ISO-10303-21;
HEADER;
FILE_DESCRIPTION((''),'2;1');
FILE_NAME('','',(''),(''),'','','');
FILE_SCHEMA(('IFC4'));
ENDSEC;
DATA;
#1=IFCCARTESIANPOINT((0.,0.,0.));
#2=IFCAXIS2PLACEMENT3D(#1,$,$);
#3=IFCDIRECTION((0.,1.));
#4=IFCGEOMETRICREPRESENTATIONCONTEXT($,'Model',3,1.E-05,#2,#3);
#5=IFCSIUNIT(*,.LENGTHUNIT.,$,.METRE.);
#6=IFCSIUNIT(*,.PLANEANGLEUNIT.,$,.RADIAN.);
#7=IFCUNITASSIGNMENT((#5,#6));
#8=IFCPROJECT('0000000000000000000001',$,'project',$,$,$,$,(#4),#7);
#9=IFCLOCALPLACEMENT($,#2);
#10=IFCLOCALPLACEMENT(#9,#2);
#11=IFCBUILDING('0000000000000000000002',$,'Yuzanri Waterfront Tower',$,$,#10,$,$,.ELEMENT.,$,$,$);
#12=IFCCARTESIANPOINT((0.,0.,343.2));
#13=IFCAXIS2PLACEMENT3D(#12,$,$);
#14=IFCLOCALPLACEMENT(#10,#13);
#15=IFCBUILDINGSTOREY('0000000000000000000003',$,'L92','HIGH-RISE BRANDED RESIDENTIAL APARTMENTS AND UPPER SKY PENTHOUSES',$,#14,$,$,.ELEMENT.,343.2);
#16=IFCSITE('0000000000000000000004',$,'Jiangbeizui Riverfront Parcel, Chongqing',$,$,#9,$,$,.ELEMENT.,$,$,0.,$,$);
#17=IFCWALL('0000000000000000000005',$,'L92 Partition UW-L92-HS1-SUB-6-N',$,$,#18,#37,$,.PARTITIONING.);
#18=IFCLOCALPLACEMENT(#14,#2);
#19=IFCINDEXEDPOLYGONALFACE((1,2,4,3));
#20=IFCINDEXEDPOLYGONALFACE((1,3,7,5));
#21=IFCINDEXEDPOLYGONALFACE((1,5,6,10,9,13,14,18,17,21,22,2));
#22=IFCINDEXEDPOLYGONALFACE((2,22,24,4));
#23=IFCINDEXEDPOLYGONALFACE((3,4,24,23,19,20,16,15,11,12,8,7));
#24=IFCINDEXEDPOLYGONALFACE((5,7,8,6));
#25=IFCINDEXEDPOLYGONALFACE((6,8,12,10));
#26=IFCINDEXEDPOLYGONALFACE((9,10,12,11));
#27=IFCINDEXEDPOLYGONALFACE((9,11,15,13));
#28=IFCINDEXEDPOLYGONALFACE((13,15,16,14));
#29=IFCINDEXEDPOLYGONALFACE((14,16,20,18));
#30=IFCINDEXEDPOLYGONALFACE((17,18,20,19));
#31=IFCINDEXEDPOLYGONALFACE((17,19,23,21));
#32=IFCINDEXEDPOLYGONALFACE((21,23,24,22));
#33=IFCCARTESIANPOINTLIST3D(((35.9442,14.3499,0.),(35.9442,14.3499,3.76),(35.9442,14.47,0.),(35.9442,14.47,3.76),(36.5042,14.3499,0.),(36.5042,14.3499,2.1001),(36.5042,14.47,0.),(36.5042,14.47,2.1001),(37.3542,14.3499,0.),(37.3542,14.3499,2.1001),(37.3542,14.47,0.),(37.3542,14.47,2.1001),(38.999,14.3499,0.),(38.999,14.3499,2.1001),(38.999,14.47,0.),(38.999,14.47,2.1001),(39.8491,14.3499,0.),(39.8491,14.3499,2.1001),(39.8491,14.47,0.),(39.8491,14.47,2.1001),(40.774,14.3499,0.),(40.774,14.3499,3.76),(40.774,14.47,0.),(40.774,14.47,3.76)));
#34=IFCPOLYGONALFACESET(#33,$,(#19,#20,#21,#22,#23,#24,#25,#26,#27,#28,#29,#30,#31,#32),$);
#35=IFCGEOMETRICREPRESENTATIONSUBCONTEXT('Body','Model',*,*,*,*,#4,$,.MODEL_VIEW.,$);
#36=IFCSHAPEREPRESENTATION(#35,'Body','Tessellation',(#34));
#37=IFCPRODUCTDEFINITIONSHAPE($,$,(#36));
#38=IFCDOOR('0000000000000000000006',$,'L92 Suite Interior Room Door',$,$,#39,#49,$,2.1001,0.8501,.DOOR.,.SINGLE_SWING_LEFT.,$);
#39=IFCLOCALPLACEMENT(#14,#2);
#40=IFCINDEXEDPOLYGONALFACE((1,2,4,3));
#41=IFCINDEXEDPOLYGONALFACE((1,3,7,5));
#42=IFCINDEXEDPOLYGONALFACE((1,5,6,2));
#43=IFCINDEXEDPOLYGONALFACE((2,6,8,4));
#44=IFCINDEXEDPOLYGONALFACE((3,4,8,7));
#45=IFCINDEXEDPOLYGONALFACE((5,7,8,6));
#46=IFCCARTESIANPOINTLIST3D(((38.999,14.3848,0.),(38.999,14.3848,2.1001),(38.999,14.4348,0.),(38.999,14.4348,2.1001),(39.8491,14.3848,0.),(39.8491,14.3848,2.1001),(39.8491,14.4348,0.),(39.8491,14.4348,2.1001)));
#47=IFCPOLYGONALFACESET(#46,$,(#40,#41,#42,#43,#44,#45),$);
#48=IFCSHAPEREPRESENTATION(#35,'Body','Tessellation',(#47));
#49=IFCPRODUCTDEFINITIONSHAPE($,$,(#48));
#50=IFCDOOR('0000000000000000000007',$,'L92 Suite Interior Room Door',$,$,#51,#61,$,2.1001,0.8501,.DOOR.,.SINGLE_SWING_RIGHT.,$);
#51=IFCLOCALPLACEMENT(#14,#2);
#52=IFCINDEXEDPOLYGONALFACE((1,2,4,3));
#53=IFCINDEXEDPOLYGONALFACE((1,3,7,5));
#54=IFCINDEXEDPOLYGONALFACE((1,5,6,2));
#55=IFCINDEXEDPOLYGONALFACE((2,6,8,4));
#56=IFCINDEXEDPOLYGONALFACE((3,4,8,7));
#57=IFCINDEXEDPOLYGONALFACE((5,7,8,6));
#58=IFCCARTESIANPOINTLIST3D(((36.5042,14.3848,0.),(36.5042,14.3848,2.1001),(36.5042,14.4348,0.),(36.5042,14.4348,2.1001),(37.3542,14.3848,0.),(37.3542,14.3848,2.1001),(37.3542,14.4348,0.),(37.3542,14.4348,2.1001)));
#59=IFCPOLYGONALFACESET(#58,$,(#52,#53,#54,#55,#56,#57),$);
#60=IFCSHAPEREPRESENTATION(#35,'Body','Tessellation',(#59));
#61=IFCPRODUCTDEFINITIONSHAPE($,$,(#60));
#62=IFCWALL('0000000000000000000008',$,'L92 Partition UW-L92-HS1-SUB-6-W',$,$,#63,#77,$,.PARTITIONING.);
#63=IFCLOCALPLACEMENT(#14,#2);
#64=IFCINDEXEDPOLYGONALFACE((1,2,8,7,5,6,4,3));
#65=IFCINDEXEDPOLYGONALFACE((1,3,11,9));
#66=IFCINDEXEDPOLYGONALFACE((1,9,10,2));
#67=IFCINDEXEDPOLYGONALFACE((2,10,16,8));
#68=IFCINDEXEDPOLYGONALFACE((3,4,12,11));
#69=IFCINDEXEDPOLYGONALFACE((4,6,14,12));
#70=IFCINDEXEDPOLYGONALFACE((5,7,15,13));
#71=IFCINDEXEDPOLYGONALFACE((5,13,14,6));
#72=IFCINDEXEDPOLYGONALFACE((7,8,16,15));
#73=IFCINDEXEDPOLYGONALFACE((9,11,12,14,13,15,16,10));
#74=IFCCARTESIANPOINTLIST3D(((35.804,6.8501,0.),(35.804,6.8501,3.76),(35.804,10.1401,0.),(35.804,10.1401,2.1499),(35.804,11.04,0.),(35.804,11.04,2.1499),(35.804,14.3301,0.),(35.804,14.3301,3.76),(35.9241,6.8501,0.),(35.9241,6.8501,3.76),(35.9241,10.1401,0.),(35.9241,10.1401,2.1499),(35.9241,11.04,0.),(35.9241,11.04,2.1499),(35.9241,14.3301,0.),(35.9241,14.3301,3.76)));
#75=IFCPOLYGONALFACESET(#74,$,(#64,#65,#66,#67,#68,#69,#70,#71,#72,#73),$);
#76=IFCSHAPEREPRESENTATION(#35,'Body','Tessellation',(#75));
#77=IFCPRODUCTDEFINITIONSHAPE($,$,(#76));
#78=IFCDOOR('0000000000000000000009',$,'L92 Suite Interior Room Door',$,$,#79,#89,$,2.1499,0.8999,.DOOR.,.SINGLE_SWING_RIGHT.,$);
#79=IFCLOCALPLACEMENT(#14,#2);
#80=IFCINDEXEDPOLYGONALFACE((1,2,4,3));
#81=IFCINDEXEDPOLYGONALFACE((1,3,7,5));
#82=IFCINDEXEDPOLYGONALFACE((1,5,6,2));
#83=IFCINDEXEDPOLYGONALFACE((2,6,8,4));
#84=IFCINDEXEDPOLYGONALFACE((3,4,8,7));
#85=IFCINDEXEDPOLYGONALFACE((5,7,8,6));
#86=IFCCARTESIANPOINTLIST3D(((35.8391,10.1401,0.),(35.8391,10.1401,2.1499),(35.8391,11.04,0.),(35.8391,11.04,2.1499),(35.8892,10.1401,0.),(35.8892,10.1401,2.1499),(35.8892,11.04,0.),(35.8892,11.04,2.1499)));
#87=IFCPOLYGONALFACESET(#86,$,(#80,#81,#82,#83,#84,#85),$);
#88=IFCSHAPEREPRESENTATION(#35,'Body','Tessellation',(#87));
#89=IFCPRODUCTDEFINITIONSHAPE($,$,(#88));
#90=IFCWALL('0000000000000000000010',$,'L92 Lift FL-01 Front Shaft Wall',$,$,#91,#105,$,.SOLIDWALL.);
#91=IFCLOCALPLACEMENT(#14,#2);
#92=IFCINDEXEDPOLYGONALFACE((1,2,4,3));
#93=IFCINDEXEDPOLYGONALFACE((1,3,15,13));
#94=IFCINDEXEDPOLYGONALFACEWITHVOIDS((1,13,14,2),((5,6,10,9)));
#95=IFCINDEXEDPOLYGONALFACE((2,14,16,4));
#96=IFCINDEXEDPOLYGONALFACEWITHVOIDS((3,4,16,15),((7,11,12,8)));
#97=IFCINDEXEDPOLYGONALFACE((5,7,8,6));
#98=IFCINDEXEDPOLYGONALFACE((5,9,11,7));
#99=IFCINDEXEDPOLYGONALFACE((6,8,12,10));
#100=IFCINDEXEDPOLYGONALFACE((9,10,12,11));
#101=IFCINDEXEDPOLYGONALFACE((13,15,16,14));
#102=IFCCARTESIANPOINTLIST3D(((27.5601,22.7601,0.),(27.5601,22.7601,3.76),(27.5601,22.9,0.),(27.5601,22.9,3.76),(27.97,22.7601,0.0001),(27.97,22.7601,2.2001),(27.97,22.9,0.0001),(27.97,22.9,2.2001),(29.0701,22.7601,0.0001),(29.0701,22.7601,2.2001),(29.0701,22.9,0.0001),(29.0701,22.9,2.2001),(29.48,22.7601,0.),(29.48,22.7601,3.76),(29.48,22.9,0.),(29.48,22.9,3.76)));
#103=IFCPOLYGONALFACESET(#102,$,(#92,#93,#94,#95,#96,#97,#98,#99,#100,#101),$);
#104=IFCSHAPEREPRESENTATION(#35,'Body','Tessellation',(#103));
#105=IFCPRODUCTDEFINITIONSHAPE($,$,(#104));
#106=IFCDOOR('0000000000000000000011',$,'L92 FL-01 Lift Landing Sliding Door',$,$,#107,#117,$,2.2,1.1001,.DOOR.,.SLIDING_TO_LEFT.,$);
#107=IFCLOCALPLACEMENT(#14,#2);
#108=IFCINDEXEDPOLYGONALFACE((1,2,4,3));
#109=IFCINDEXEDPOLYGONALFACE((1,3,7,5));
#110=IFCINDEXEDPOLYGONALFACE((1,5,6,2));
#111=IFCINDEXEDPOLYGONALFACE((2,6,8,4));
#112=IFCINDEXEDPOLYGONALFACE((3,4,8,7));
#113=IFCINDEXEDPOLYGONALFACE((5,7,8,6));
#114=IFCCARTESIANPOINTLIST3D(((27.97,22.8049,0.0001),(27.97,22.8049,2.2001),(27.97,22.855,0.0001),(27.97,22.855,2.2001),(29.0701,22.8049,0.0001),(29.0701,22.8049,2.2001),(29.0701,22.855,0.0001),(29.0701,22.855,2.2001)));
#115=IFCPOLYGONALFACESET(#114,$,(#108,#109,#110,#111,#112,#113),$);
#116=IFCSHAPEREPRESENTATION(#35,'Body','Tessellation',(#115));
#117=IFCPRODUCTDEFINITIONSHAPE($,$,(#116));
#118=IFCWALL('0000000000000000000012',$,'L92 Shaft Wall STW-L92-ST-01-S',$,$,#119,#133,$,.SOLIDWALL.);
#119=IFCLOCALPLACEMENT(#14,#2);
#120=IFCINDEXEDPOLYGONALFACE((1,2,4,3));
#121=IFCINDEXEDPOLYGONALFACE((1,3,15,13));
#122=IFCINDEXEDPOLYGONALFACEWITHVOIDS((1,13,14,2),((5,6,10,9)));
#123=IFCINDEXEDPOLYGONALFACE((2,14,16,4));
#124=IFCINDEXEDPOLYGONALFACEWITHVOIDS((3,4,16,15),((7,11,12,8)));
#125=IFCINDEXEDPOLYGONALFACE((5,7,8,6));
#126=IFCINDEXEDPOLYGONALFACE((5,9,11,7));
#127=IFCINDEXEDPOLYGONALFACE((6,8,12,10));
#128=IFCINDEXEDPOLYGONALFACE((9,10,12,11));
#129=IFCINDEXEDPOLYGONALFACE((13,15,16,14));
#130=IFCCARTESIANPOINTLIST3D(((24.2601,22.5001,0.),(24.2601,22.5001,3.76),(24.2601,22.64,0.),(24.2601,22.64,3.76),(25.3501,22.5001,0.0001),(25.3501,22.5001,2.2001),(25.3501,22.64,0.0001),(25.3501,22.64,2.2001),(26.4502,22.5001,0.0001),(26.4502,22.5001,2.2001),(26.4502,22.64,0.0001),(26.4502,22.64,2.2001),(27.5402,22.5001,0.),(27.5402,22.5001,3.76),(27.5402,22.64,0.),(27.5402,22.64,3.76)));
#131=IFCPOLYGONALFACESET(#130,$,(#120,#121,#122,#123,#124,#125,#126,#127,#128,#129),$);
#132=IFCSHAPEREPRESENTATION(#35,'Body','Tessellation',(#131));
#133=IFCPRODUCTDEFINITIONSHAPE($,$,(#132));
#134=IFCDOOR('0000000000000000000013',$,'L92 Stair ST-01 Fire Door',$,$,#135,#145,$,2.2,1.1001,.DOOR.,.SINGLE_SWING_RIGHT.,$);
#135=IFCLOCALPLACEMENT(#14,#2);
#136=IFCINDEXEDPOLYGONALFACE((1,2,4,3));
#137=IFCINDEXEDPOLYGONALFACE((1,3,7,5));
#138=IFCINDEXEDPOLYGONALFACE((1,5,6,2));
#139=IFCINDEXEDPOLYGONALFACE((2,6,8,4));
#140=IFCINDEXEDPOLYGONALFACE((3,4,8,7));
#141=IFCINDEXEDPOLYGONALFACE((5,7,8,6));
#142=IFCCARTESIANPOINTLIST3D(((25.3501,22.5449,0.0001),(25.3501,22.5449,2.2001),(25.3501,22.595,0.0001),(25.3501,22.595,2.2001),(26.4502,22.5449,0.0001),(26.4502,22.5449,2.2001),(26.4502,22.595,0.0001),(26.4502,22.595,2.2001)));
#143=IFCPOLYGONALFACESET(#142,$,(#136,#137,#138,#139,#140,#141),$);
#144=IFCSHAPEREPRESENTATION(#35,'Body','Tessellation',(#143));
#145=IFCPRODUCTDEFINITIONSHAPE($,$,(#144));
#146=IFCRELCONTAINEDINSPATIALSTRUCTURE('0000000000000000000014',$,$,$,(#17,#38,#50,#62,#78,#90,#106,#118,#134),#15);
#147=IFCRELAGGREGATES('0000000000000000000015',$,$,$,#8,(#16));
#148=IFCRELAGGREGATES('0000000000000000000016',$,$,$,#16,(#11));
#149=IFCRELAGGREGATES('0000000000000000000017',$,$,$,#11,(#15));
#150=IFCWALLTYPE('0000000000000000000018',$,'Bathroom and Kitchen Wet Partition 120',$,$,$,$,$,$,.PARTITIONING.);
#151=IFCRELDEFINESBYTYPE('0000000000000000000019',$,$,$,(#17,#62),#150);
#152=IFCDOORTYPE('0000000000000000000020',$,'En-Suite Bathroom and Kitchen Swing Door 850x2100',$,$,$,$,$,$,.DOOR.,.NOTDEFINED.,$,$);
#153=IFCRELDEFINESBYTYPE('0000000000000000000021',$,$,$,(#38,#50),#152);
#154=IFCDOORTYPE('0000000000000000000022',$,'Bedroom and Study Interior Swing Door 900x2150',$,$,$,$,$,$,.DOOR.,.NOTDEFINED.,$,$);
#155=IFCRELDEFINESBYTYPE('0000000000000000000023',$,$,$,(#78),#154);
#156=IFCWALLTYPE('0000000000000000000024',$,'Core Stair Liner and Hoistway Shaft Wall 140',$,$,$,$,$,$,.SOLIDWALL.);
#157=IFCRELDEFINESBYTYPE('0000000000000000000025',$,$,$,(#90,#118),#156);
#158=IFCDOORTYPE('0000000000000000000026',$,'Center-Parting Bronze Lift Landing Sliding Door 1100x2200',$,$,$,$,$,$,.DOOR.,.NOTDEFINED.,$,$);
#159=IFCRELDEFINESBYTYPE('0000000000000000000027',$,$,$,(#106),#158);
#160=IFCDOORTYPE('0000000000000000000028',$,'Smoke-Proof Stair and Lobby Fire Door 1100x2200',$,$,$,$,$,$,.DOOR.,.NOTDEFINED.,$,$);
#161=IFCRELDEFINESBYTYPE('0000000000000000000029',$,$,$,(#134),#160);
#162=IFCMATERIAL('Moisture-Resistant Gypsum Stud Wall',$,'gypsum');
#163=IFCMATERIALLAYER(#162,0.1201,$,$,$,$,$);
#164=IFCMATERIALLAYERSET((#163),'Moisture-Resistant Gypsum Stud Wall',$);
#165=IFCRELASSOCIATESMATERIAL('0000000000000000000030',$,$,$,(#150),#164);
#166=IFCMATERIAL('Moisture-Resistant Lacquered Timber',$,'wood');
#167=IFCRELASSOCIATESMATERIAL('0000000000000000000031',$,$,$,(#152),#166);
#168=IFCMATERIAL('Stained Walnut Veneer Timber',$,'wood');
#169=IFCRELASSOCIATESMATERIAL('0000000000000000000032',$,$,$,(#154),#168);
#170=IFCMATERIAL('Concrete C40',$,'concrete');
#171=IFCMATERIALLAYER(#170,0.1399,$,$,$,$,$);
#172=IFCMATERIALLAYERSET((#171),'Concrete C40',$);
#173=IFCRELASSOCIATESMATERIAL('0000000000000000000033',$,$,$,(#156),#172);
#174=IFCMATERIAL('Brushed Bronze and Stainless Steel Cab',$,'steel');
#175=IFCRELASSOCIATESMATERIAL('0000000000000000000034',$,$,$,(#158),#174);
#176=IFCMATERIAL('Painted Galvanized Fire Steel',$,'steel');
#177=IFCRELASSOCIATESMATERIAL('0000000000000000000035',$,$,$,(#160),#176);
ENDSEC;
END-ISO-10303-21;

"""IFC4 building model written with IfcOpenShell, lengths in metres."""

from ifc_helpers import new_model, si_unit, direction, frame, frame_2d, origin, place, context, subcontext, project, spatial, rectangle, extrude, source, transform, mapped, material, layer, layer_set, type_object, element, fill, save


model = new_model("IFC4")

# Units and contexts
model_context = context("Model", 3, precision=1e-05, world=origin(), true_north=direction((0.0, 1.0)))
body_context = subcontext(model_context, "Body", "Model", "MODEL_VIEW")
ifc_project = project(units=[si_unit("LENGTHUNIT", "METRE"), si_unit("PLANEANGLEUNIT", "RADIAN")], contexts=[model_context])

# Site, building, storey
site_placement = place(None, origin())
site = spatial("IfcSite", under=ifc_project, at=site_placement, Name="Jiangbeizui Riverfront Parcel, Chongqing", CompositionType="ELEMENT", RefElevation=0.0)
building_placement = place(site_placement, origin())
building = spatial("IfcBuilding", under=site, at=building_placement, Name="Yuzanri Waterfront Tower", CompositionType="ELEMENT")
storey_placement = place(building_placement, frame((0.0, 0.0, 343.2)))
storey = spatial("IfcBuildingStorey", under=building, at=storey_placement, Name="L92", Description="HIGH-RISE BRANDED RESIDENTIAL APARTMENTS AND UPPER SKY PENTHOUSES", CompositionType="ELEMENT", Elevation=343.2)

# Shared definitions
ifc_material_1 = material(Name="Moisture-Resistant Gypsum Stud Wall", Category="gypsum")
ifc_layer_1 = layer(ifc_material_1, 0.1201)
ifc_layer_set_1 = layer_set([ifc_layer_1], Name="Moisture-Resistant Gypsum Stud Wall")
wall_type_1 = type_object("IfcWallType", Name="Bathroom and Kitchen Wet Partition 120", PredefinedType="PARTITIONING", material=ifc_layer_set_1)
ifc_material_2 = material(Name="Moisture-Resistant Lacquered Timber", Category="wood")
door_type_1 = type_object("IfcDoorType", Name="En-Suite Bathroom and Kitchen Swing Door 850x2100", OperationType="NOTDEFINED", PredefinedType="DOOR", material=ifc_material_2)
shared_shape_1 = source(origin(), body_context, "Body", "SweptSolid", [
    extrude(rectangle(XDim=0.8501, YDim=2.1001, at=frame_2d((0.425, 1.05))), frame((0.0, 0.0249, 0.0), z_axis=(0.0, -1.0, 0.0), x_axis=(1.0, 0.0, 0.0)), (0.0, 0.0, 1.0), 0.05),
])

# Wall, openings, doors
wall_1_placement = place(storey_placement, frame((35.9441, 14.4099, 0.0), z_axis=(0.0, 0.0, 1.0), x_axis=(1.0, 0.0, 0.0)))
wall_1 = element("IfcWall", 1, at=wall_1_placement, inside=storey, type_object=wall_type_1, Name="L92 Partition UW-L92-HS1-SUB-6-N", PredefinedType="PARTITIONING", context=body_context, shape_type="SweptSolid", body=[
    extrude(rectangle(XDim=4.8298, YDim=0.1201, at=frame_2d((2.415, 0.0))), origin(), (0.0, 0.0, 1.0), 3.76),
])
opening_1_placement = place(wall_1_placement, frame((3.0549, 0.0, 0.0)))
opening_1 = element("IfcOpeningElement", 2, at=opening_1_placement, cuts=wall_1, PredefinedType="OPENING", context=body_context, shape_type="SweptSolid", body=[
    extrude(rectangle(XDim=0.8501, YDim=2.1001, at=frame_2d((0.425, 1.05))), frame((0.0, 0.075, 0.0), z_axis=(0.0, -1.0, 0.0), x_axis=(1.0, 0.0, 0.0)), (0.0, 0.0, 1.0), 0.1499),
])
opening_2_placement = place(wall_1_placement, frame((0.5601, 0.0, 0.0)))
opening_2 = element("IfcOpeningElement", 3, at=opening_2_placement, cuts=wall_1, PredefinedType="OPENING", context=body_context, shape_type="SweptSolid", body=[
    extrude(rectangle(XDim=0.8501, YDim=2.1001, at=frame_2d((0.425, 1.05))), frame((0.0, 0.075, 0.0), z_axis=(0.0, -1.0, 0.0), x_axis=(1.0, 0.0, 0.0)), (0.0, 0.0, 1.0), 0.1499),
])
door_1_placement = place(opening_1_placement, origin())
door_1 = element("IfcDoor", 4, at=door_1_placement, inside=storey, type_object=door_type_1, Name="L92 Suite Interior Room Door", OperationType="SINGLE_SWING_LEFT", OverallHeight=2.1001, OverallWidth=0.8501, PredefinedType="DOOR", context=body_context, shape_type="MappedRepresentation", body=[
    mapped(shared_shape_1, transform((0.0, 0.0, 0.0), scale=1.0)),
])
fill(opening_1, door_1)
door_2_placement = place(opening_2_placement, origin())
door_2 = element("IfcDoor", 5, at=door_2_placement, inside=storey, type_object=door_type_1, Name="L92 Suite Interior Room Door", OperationType="SINGLE_SWING_RIGHT", OverallHeight=2.1001, OverallWidth=0.8501, PredefinedType="DOOR", context=body_context, shape_type="MappedRepresentation", body=[
    mapped(shared_shape_1, transform((0.0, 0.0, 0.0), scale=1.0)),
])
fill(opening_2, door_2)

# Walls, openings, doors
wall_2_placement = place(storey_placement, frame((35.864, 6.8501, 0.0), z_axis=(0.0, 0.0, 1.0), x_axis=(0.0, 1.0, 0.0)))
wall_2 = element("IfcWall", 6, at=wall_2_placement, inside=storey, type_object=wall_type_1, Name="L92 Partition UW-L92-HS1-SUB-6-W", PredefinedType="PARTITIONING", context=body_context, shape_type="SweptSolid", body=[
    extrude(rectangle(XDim=7.48, YDim=0.1201, at=frame_2d((3.74, 0.0))), origin(), (0.0, 0.0, 1.0), 3.76),
])
opening_3_placement = place(wall_2_placement, frame((3.29, 0.0, 0.0)))
opening_3 = element("IfcOpeningElement", 7, at=opening_3_placement, cuts=wall_2, PredefinedType="OPENING", context=body_context, shape_type="SweptSolid", body=[
    extrude(rectangle(XDim=0.8999, YDim=2.1499, at=frame_2d((0.45, 1.075))), frame((0.0, 0.075, 0.0), z_axis=(0.0, -1.0, 0.0), x_axis=(1.0, 0.0, 0.0)), (0.0, 0.0, 1.0), 0.1499),
])
ifc_material_3 = material(Name="Stained Walnut Veneer Timber", Category="wood")
door_type_2 = type_object("IfcDoorType", Name="Bedroom and Study Interior Swing Door 900x2150", OperationType="NOTDEFINED", PredefinedType="DOOR", material=ifc_material_3)
shared_shape_2 = source(origin(), body_context, "Body", "SweptSolid", [
    extrude(rectangle(XDim=0.8999, YDim=2.1499, at=frame_2d((0.45, 1.075))), frame((0.0, 0.0249, 0.0), z_axis=(0.0, -1.0, 0.0), x_axis=(1.0, 0.0, 0.0)), (0.0, 0.0, 1.0), 0.05),
])
door_3_placement = place(opening_3_placement, origin())
door_3 = element("IfcDoor", 8, at=door_3_placement, inside=storey, type_object=door_type_2, Name="L92 Suite Interior Room Door", OperationType="SINGLE_SWING_RIGHT", OverallHeight=2.1499, OverallWidth=0.8999, PredefinedType="DOOR", context=body_context, shape_type="MappedRepresentation", body=[
    mapped(shared_shape_2, transform((0.0, 0.0, 0.0), scale=1.0)),
])
fill(opening_3, door_3)
ifc_material_4 = material(Name="Concrete C40", Category="concrete")
ifc_layer_2 = layer(ifc_material_4, 0.1399)
ifc_layer_set_2 = layer_set([ifc_layer_2], Name="Concrete C40")
wall_type_2 = type_object("IfcWallType", Name="Core Stair Liner and Hoistway Shaft Wall 140", PredefinedType="SOLIDWALL", material=ifc_layer_set_2)
wall_3_placement = place(storey_placement, frame((27.5601, 22.8301, 0.0), z_axis=(0.0, 0.0, 1.0), x_axis=(1.0, 0.0, 0.0)))
wall_3 = element("IfcWall", 9, at=wall_3_placement, inside=storey, type_object=wall_type_2, Name="L92 Lift FL-01 Front Shaft Wall", PredefinedType="SOLIDWALL", context=body_context, shape_type="SweptSolid", body=[
    extrude(rectangle(XDim=1.9199, YDim=0.1399, at=frame_2d((0.96, 0.0))), origin(), (0.0, 0.0, 1.0), 3.76),
])
opening_4_placement = place(wall_3_placement, frame((0.4099, 0.0, 0.0)))
opening_4 = element("IfcOpeningElement", 10, at=opening_4_placement, cuts=wall_3, PredefinedType="OPENING", context=body_context, shape_type="SweptSolid", body=[
    extrude(rectangle(XDim=1.1001, YDim=2.2, at=frame_2d((0.55, 1.1001))), frame((0.0, 0.085, 0.0), z_axis=(0.0, -1.0, 0.0), x_axis=(1.0, 0.0, 0.0)), (0.0, 0.0, 1.0), 0.1697),
])
ifc_material_5 = material(Name="Brushed Bronze and Stainless Steel Cab", Category="steel")
door_type_3 = type_object("IfcDoorType", Name="Center-Parting Bronze Lift Landing Sliding Door 1100x2200", OperationType="NOTDEFINED", PredefinedType="DOOR", material=ifc_material_5)
shared_shape_3 = source(origin(), body_context, "Body", "SweptSolid", [
    extrude(rectangle(XDim=1.1001, YDim=2.2, at=frame_2d((0.55, 1.1001))), frame((0.0, 0.0249, 0.0), z_axis=(0.0, -1.0, 0.0), x_axis=(1.0, 0.0, 0.0)), (0.0, 0.0, 1.0), 0.05),
])
door_4_placement = place(opening_4_placement, origin())
door_4 = element("IfcDoor", 11, at=door_4_placement, inside=storey, type_object=door_type_3, Name="L92 FL-01 Lift Landing Sliding Door", OperationType="SLIDING_TO_LEFT", OverallHeight=2.2, OverallWidth=1.1001, PredefinedType="DOOR", context=body_context, shape_type="MappedRepresentation", body=[
    mapped(shared_shape_3, transform((0.0, 0.0, 0.0), scale=1.0)),
])
fill(opening_4, door_4)
wall_4_placement = place(storey_placement, frame((24.26, 22.5701, 0.0), z_axis=(0.0, 0.0, 1.0), x_axis=(1.0, 0.0, 0.0)))
wall_4 = element("IfcWall", 12, at=wall_4_placement, inside=storey, type_object=wall_type_2, Name="L92 Shaft Wall STW-L92-ST-01-S", PredefinedType="SOLIDWALL", context=body_context, shape_type="SweptSolid", body=[
    extrude(rectangle(XDim=3.28, YDim=0.1399, at=frame_2d((1.6401, 0.0))), origin(), (0.0, 0.0, 1.0), 3.76),
])
opening_5_placement = place(wall_4_placement, frame((1.0901, 0.0, 0.0)))
opening_5 = element("IfcOpeningElement", 13, at=opening_5_placement, cuts=wall_4, PredefinedType="OPENING", context=body_context, shape_type="SweptSolid", body=[
    extrude(rectangle(XDim=1.1001, YDim=2.2, at=frame_2d((0.55, 1.1001))), frame((0.0, 0.085, 0.0), z_axis=(0.0, -1.0, 0.0), x_axis=(1.0, 0.0, 0.0)), (0.0, 0.0, 1.0), 0.1697),
])
ifc_material_6 = material(Name="Painted Galvanized Fire Steel", Category="steel")
door_type_4 = type_object("IfcDoorType", Name="Smoke-Proof Stair and Lobby Fire Door 1100x2200", OperationType="NOTDEFINED", PredefinedType="DOOR", material=ifc_material_6)
shared_shape_4 = source(origin(), body_context, "Body", "SweptSolid", [
    extrude(rectangle(XDim=1.1001, YDim=2.2, at=frame_2d((0.55, 1.1001))), frame((0.0, 0.0249, 0.0), z_axis=(0.0, -1.0, 0.0), x_axis=(1.0, 0.0, 0.0)), (0.0, 0.0, 1.0), 0.05),
])
door_5_placement = place(opening_5_placement, origin())
door_5 = element("IfcDoor", 14, at=door_5_placement, inside=storey, type_object=door_type_4, Name="L92 Stair ST-01 Fire Door", OperationType="SINGLE_SWING_RIGHT", OverallHeight=2.2, OverallWidth=1.1001, PredefinedType="DOOR", context=body_context, shape_type="MappedRepresentation", body=[
    mapped(shared_shape_4, transform((0.0, 0.0, 0.0), scale=1.0)),
])
fill(opening_5, door_5)

save(model, "model.ifc")
